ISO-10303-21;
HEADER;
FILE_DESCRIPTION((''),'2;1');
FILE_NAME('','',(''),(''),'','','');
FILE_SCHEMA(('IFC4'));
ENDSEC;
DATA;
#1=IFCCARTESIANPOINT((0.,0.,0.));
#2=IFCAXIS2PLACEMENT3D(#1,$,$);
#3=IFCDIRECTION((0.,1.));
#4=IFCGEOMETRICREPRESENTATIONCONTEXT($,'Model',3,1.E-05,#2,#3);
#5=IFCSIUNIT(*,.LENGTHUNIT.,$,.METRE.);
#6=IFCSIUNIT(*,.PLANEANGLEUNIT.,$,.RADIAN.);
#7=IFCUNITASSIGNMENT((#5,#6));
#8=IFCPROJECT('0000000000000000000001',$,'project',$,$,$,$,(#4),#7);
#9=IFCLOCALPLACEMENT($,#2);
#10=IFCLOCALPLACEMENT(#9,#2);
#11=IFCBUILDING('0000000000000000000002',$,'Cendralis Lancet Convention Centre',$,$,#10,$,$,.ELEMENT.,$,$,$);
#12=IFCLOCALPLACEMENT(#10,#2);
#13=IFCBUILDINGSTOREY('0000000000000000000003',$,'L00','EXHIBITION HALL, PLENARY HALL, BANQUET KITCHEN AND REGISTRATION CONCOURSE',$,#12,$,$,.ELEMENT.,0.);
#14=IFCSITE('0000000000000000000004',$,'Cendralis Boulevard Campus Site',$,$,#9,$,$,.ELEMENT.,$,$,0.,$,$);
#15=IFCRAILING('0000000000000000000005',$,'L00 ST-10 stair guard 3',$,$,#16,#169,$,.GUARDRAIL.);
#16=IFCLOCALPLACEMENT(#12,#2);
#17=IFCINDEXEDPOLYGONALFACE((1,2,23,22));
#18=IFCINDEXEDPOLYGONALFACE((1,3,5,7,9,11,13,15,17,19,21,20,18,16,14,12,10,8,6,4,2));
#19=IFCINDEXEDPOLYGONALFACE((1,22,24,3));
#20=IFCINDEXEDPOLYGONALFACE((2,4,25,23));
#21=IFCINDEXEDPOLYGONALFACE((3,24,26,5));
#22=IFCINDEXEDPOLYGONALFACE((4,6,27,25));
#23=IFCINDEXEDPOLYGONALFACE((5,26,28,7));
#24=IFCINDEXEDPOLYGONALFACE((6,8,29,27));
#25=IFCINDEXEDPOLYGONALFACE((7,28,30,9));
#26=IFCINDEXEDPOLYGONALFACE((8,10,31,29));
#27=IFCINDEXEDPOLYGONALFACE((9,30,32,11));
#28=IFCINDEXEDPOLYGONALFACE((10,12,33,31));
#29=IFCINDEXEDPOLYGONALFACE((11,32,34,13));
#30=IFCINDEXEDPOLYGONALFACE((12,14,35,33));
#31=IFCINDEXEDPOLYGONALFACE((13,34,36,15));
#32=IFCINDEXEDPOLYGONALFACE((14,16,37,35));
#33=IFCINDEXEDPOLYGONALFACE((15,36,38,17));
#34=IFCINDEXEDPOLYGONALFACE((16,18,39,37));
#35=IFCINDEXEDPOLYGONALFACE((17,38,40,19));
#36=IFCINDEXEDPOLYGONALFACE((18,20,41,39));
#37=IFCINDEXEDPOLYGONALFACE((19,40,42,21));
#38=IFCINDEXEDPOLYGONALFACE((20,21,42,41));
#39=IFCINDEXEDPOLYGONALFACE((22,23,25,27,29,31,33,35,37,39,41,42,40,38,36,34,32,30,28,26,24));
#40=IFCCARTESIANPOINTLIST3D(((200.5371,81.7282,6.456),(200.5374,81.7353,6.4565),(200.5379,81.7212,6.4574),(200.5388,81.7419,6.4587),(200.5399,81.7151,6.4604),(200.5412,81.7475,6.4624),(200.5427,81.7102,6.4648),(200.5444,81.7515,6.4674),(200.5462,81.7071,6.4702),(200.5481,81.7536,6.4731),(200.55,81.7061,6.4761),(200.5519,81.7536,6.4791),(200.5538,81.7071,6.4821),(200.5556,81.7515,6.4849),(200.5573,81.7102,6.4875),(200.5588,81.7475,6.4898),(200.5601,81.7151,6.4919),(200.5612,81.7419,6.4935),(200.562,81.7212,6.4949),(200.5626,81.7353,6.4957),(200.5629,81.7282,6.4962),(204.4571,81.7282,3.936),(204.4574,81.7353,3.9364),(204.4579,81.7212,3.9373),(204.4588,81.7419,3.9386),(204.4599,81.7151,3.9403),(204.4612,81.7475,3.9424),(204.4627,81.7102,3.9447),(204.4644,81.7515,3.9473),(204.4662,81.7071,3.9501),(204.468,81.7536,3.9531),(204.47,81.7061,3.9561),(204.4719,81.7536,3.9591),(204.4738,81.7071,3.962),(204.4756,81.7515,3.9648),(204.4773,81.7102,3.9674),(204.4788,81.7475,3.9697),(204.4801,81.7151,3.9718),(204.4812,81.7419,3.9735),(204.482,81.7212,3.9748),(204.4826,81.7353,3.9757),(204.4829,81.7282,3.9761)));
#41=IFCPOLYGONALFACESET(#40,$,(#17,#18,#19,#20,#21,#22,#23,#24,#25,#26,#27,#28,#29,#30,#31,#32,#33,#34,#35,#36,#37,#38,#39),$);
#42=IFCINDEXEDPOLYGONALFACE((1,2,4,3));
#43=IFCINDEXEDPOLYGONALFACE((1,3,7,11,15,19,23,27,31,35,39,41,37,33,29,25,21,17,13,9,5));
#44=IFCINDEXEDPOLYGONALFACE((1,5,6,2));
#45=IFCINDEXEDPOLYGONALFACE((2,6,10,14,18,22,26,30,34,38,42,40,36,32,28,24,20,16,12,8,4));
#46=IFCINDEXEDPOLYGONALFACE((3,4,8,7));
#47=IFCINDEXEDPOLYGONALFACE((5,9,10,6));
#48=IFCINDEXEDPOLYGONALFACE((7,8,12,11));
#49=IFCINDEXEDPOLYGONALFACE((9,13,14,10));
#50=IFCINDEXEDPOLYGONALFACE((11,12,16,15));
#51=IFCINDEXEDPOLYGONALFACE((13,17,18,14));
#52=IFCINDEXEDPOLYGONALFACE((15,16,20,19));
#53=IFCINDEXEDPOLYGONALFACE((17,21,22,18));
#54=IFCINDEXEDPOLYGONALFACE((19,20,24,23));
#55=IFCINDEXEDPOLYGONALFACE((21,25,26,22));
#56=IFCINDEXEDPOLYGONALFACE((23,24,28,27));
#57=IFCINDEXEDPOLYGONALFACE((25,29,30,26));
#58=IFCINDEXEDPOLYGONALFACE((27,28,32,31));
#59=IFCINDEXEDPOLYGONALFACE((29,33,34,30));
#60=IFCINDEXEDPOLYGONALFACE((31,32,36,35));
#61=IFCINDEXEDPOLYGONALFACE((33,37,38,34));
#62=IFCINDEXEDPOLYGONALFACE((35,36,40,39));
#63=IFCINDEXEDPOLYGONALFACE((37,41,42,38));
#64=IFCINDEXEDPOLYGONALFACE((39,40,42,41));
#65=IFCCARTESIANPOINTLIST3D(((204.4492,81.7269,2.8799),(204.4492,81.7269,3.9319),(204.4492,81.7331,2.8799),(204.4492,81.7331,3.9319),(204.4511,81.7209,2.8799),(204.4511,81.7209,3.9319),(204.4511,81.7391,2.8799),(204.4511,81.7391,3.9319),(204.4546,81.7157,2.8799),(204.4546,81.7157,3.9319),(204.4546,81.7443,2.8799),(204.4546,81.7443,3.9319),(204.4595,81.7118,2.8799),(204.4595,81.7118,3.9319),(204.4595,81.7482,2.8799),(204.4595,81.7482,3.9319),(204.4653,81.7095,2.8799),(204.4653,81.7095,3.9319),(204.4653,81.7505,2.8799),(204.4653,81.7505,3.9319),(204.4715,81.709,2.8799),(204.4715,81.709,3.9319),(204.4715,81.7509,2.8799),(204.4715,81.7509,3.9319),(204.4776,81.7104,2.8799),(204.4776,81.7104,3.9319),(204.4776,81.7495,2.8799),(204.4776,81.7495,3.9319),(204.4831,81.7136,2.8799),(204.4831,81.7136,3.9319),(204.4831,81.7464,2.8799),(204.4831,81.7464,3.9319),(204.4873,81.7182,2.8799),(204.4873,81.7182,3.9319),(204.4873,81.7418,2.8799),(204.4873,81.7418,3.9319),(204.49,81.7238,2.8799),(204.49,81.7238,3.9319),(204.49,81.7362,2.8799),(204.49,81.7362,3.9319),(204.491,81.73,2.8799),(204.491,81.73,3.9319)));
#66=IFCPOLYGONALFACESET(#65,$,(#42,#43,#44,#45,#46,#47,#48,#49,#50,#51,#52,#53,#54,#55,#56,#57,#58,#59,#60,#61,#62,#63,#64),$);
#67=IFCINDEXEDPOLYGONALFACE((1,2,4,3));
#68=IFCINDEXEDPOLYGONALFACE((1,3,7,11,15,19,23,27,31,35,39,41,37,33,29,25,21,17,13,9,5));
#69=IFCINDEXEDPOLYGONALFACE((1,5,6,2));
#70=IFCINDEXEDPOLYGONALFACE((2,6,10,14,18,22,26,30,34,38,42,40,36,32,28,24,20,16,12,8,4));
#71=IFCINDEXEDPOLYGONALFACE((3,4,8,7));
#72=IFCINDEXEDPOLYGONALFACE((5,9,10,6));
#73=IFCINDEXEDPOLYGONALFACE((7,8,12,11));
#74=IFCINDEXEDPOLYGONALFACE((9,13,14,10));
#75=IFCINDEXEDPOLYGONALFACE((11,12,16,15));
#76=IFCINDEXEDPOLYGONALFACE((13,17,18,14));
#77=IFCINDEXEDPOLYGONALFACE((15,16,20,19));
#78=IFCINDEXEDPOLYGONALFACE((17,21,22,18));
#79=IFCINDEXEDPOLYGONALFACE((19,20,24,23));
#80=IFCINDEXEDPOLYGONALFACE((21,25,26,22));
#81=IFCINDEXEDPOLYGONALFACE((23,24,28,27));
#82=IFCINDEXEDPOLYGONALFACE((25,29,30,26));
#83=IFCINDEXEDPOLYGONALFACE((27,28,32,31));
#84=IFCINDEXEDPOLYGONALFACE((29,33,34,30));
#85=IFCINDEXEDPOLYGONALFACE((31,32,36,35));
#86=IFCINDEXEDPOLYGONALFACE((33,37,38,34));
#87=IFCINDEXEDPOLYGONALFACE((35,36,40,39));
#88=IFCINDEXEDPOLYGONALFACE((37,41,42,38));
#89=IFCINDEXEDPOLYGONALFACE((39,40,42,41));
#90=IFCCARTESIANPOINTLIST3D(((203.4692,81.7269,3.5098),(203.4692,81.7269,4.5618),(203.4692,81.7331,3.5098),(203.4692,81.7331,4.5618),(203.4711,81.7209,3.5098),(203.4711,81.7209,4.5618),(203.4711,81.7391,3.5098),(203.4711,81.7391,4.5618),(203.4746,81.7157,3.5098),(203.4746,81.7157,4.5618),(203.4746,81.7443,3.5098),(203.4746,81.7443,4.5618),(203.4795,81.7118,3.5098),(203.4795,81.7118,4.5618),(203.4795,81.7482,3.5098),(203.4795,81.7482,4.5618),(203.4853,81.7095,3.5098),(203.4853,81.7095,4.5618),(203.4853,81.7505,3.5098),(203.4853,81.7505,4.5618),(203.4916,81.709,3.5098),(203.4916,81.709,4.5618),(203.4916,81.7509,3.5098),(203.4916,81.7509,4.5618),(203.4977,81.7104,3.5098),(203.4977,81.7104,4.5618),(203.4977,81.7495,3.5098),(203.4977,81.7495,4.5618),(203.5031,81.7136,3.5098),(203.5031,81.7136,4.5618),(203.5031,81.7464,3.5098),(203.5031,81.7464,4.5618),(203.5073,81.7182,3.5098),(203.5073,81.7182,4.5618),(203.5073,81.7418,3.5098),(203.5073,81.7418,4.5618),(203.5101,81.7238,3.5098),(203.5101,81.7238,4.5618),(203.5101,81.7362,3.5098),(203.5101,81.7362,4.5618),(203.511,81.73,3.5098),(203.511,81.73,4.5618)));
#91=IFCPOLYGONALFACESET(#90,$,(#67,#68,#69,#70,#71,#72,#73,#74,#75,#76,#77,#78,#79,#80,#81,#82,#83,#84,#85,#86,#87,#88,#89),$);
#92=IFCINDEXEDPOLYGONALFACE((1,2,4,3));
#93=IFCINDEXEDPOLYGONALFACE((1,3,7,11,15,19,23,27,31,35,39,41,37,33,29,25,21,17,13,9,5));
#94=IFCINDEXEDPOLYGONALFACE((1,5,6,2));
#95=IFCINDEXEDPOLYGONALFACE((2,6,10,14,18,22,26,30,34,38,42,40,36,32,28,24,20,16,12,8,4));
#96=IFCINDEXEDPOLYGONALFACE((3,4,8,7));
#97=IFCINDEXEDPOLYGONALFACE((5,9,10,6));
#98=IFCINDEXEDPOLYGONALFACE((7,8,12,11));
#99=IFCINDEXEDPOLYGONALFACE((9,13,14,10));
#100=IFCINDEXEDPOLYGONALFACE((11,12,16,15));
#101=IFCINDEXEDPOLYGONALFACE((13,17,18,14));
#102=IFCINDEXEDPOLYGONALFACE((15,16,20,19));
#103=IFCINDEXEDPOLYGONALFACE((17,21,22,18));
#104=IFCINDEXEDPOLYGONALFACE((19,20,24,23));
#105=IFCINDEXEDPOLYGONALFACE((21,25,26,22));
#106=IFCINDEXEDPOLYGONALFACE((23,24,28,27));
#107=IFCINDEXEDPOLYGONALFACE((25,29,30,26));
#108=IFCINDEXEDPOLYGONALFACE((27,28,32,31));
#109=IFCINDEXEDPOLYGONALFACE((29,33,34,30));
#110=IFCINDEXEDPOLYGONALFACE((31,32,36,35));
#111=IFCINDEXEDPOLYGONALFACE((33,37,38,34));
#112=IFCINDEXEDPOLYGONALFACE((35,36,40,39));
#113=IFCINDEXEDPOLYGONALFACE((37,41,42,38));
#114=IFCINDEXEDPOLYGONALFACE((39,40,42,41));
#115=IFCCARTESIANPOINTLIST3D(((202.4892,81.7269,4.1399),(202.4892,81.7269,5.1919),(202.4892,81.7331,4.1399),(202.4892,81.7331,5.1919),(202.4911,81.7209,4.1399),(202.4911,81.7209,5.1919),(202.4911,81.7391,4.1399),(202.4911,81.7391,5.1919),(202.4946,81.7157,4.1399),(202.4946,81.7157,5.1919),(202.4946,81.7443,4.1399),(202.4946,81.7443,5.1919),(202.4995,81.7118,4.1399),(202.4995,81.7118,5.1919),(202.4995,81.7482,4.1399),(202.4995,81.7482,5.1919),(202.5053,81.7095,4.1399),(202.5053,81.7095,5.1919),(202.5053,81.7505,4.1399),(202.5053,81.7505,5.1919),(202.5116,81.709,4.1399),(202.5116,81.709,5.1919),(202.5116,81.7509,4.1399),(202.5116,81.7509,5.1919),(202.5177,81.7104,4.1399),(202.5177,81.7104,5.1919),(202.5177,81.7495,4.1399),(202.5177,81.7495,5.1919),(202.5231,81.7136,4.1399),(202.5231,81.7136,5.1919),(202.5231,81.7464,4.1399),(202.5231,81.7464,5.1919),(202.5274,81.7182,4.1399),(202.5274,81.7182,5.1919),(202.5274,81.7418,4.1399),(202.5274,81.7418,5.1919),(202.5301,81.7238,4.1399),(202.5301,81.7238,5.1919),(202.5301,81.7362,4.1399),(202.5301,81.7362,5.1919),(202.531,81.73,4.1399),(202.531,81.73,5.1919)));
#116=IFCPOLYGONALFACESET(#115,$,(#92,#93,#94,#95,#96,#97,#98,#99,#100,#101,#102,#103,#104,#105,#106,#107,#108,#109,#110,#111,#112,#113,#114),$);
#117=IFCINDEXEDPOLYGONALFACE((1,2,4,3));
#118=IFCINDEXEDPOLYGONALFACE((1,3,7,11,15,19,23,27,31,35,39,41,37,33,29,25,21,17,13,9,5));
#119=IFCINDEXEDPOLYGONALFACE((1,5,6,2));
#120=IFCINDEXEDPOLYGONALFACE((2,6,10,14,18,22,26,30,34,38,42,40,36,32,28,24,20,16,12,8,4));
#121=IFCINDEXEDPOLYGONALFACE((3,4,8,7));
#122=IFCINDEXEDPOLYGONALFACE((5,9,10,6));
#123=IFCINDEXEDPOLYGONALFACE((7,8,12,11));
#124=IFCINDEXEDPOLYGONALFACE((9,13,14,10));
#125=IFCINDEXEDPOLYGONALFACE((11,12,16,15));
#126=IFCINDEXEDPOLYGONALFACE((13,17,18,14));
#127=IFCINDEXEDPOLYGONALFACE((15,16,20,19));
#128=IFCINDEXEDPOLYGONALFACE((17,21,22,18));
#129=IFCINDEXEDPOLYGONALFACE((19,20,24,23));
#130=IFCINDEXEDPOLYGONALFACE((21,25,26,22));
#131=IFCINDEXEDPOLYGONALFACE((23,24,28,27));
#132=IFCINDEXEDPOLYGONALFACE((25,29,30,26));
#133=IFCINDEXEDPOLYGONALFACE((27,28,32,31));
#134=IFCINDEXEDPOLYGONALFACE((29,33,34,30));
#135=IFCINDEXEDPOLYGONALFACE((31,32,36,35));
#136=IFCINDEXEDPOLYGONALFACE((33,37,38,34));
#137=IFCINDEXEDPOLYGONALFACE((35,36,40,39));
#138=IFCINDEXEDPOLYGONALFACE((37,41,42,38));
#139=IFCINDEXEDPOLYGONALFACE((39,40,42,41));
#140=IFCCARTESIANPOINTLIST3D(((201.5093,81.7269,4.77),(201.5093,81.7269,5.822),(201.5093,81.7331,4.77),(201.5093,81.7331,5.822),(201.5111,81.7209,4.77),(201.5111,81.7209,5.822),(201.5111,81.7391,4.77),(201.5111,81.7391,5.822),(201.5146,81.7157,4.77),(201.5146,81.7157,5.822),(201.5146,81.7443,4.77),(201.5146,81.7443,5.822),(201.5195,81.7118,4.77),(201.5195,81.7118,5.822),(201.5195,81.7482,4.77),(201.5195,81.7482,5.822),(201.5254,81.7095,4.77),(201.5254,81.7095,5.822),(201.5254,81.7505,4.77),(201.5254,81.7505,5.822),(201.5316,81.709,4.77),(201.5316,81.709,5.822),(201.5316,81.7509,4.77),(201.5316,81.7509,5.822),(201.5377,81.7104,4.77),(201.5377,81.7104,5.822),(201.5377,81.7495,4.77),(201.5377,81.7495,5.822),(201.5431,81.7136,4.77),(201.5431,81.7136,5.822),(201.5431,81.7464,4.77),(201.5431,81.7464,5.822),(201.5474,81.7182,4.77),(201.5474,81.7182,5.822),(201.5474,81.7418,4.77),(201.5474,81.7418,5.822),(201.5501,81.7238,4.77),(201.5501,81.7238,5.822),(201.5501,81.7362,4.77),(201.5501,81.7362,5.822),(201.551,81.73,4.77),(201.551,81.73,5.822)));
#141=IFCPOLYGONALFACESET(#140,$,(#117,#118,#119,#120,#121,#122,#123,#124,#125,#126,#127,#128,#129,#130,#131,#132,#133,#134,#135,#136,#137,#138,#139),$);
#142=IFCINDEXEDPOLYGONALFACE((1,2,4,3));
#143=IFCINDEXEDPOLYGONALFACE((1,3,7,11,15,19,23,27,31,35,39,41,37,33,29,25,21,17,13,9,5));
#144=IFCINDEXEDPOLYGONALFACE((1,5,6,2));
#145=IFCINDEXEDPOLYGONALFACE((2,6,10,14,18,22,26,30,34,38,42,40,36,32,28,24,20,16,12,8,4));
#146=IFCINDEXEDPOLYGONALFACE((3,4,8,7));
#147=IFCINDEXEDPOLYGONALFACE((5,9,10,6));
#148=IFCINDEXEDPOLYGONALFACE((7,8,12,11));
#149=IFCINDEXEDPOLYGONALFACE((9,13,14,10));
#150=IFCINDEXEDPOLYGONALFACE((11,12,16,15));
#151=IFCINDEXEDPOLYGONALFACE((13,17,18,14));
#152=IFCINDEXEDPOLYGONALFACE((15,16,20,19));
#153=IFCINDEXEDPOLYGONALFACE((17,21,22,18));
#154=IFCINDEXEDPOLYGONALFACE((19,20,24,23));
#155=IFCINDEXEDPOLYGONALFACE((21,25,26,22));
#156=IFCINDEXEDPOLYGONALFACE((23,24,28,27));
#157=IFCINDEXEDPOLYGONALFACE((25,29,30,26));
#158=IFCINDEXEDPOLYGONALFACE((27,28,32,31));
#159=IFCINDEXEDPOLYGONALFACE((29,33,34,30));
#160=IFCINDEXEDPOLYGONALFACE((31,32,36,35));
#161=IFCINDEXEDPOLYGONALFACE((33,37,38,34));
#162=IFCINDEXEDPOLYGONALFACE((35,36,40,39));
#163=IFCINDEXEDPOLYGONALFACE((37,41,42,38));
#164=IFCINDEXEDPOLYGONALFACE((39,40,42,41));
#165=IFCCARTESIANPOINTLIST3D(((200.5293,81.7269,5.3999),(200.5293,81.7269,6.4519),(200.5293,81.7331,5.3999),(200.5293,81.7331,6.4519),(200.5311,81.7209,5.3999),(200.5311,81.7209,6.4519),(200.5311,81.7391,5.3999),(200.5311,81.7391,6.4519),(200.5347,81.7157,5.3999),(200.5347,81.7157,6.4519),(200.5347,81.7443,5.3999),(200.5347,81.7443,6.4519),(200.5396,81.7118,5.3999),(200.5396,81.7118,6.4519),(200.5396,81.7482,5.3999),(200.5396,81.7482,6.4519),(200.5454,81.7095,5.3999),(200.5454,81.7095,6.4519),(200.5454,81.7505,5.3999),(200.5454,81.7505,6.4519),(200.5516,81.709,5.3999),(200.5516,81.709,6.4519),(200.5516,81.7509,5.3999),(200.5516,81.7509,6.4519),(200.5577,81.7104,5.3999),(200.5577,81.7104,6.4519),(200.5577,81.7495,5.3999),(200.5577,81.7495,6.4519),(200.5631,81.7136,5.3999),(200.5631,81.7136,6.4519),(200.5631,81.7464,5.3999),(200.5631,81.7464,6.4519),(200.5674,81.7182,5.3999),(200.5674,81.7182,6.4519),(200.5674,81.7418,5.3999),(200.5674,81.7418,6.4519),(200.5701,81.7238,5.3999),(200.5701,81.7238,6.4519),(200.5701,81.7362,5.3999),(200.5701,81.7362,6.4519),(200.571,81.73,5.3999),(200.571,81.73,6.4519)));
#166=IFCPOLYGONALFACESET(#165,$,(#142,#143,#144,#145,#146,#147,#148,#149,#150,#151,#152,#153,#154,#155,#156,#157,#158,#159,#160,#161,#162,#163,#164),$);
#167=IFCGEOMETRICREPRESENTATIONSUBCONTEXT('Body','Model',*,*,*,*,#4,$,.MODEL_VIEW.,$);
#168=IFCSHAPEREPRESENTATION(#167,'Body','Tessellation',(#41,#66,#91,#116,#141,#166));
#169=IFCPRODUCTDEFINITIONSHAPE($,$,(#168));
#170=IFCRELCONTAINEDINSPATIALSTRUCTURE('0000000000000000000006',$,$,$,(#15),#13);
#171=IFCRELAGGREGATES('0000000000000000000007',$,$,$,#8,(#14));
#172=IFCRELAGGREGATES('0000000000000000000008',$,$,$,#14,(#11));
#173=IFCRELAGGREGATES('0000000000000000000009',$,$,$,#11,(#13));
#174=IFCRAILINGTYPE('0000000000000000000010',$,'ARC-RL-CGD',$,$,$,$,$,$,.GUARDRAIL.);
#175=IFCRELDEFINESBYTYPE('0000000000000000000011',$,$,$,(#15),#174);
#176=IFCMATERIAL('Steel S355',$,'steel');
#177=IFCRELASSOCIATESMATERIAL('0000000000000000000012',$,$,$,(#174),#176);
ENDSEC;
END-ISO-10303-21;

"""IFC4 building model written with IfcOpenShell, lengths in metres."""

from ifc_helpers import new_model, si_unit, direction, frame, origin, origin_2d, place, context, subcontext, project, spatial, circle, extrude, material, type_object, element, save


model = new_model("IFC4")

# Units and contexts
model_context = context("Model", 3, precision=1e-05, world=origin(), true_north=direction((0.0, 1.0)))
body_context = subcontext(model_context, "Body", "Model", "MODEL_VIEW")
ifc_project = project(units=[si_unit("LENGTHUNIT", "METRE"), si_unit("PLANEANGLEUNIT", "RADIAN")], contexts=[model_context])

# Site, building, storey
site_placement = place(None, origin())
site = spatial("IfcSite", under=ifc_project, at=site_placement, Name="Cendralis Boulevard Campus Site", CompositionType="ELEMENT", RefElevation=0.0)
building_placement = place(site_placement, origin())
building = spatial("IfcBuilding", under=site, at=building_placement, Name="Cendralis Lancet Convention Centre", CompositionType="ELEMENT")
storey_placement = place(building_placement, origin())
storey = spatial("IfcBuildingStorey", under=building, at=storey_placement, Name="L00", Description="EXHIBITION HALL, PLENARY HALL, BANQUET KITCHEN AND REGISTRATION CONCOURSE", CompositionType="ELEMENT", Elevation=0.0)

# Shared definitions
ifc_material_1 = material(Name="Steel S355", Category="steel")

# Railing
railing_type_1 = type_object("IfcRailingType", Name="ARC-RL-CGD", PredefinedType="GUARDRAIL", material=ifc_material_1)
railing_1_placement = place(storey_placement, frame((204.47, 81.73, 2.8799)))
element("IfcRailing", 1, at=railing_1_placement, inside=storey, type_object=railing_type_1, Name="L00 ST-10 stair guard 3", PredefinedType="GUARDRAIL", context=body_context, shape_type="SweptSolid", body=[
    extrude(circle(Radius=0.0239, at=origin_2d()), frame((0.0, 0.0, 1.0762), z_axis=(-0.841172, 0.0, 0.540768), x_axis=(0.0, -1.0, 0.0)), (0.0, 0.0, 1.0), 4.6602),
    extrude(circle(Radius=0.021, at=origin_2d()), origin(), (0.0, 0.0, 1.0), 1.052),
    extrude(circle(Radius=0.021, at=origin_2d()), frame((-0.98, 0.0, 0.6299)), (0.0, 0.0, 1.0), 1.052),
    extrude(circle(Radius=0.021, at=origin_2d()), frame((-1.96, 0.0, 1.26)), (0.0, 0.0, 1.0), 1.052),
    extrude(circle(Radius=0.021, at=origin_2d()), frame((-2.9399, 0.0, 1.8901)), (0.0, 0.0, 1.0), 1.052),
    extrude(circle(Radius=0.021, at=origin_2d()), frame((-3.9199, 0.0, 2.52)), (0.0, 0.0, 1.0), 1.052),
])

save(model, "model.ifc")
